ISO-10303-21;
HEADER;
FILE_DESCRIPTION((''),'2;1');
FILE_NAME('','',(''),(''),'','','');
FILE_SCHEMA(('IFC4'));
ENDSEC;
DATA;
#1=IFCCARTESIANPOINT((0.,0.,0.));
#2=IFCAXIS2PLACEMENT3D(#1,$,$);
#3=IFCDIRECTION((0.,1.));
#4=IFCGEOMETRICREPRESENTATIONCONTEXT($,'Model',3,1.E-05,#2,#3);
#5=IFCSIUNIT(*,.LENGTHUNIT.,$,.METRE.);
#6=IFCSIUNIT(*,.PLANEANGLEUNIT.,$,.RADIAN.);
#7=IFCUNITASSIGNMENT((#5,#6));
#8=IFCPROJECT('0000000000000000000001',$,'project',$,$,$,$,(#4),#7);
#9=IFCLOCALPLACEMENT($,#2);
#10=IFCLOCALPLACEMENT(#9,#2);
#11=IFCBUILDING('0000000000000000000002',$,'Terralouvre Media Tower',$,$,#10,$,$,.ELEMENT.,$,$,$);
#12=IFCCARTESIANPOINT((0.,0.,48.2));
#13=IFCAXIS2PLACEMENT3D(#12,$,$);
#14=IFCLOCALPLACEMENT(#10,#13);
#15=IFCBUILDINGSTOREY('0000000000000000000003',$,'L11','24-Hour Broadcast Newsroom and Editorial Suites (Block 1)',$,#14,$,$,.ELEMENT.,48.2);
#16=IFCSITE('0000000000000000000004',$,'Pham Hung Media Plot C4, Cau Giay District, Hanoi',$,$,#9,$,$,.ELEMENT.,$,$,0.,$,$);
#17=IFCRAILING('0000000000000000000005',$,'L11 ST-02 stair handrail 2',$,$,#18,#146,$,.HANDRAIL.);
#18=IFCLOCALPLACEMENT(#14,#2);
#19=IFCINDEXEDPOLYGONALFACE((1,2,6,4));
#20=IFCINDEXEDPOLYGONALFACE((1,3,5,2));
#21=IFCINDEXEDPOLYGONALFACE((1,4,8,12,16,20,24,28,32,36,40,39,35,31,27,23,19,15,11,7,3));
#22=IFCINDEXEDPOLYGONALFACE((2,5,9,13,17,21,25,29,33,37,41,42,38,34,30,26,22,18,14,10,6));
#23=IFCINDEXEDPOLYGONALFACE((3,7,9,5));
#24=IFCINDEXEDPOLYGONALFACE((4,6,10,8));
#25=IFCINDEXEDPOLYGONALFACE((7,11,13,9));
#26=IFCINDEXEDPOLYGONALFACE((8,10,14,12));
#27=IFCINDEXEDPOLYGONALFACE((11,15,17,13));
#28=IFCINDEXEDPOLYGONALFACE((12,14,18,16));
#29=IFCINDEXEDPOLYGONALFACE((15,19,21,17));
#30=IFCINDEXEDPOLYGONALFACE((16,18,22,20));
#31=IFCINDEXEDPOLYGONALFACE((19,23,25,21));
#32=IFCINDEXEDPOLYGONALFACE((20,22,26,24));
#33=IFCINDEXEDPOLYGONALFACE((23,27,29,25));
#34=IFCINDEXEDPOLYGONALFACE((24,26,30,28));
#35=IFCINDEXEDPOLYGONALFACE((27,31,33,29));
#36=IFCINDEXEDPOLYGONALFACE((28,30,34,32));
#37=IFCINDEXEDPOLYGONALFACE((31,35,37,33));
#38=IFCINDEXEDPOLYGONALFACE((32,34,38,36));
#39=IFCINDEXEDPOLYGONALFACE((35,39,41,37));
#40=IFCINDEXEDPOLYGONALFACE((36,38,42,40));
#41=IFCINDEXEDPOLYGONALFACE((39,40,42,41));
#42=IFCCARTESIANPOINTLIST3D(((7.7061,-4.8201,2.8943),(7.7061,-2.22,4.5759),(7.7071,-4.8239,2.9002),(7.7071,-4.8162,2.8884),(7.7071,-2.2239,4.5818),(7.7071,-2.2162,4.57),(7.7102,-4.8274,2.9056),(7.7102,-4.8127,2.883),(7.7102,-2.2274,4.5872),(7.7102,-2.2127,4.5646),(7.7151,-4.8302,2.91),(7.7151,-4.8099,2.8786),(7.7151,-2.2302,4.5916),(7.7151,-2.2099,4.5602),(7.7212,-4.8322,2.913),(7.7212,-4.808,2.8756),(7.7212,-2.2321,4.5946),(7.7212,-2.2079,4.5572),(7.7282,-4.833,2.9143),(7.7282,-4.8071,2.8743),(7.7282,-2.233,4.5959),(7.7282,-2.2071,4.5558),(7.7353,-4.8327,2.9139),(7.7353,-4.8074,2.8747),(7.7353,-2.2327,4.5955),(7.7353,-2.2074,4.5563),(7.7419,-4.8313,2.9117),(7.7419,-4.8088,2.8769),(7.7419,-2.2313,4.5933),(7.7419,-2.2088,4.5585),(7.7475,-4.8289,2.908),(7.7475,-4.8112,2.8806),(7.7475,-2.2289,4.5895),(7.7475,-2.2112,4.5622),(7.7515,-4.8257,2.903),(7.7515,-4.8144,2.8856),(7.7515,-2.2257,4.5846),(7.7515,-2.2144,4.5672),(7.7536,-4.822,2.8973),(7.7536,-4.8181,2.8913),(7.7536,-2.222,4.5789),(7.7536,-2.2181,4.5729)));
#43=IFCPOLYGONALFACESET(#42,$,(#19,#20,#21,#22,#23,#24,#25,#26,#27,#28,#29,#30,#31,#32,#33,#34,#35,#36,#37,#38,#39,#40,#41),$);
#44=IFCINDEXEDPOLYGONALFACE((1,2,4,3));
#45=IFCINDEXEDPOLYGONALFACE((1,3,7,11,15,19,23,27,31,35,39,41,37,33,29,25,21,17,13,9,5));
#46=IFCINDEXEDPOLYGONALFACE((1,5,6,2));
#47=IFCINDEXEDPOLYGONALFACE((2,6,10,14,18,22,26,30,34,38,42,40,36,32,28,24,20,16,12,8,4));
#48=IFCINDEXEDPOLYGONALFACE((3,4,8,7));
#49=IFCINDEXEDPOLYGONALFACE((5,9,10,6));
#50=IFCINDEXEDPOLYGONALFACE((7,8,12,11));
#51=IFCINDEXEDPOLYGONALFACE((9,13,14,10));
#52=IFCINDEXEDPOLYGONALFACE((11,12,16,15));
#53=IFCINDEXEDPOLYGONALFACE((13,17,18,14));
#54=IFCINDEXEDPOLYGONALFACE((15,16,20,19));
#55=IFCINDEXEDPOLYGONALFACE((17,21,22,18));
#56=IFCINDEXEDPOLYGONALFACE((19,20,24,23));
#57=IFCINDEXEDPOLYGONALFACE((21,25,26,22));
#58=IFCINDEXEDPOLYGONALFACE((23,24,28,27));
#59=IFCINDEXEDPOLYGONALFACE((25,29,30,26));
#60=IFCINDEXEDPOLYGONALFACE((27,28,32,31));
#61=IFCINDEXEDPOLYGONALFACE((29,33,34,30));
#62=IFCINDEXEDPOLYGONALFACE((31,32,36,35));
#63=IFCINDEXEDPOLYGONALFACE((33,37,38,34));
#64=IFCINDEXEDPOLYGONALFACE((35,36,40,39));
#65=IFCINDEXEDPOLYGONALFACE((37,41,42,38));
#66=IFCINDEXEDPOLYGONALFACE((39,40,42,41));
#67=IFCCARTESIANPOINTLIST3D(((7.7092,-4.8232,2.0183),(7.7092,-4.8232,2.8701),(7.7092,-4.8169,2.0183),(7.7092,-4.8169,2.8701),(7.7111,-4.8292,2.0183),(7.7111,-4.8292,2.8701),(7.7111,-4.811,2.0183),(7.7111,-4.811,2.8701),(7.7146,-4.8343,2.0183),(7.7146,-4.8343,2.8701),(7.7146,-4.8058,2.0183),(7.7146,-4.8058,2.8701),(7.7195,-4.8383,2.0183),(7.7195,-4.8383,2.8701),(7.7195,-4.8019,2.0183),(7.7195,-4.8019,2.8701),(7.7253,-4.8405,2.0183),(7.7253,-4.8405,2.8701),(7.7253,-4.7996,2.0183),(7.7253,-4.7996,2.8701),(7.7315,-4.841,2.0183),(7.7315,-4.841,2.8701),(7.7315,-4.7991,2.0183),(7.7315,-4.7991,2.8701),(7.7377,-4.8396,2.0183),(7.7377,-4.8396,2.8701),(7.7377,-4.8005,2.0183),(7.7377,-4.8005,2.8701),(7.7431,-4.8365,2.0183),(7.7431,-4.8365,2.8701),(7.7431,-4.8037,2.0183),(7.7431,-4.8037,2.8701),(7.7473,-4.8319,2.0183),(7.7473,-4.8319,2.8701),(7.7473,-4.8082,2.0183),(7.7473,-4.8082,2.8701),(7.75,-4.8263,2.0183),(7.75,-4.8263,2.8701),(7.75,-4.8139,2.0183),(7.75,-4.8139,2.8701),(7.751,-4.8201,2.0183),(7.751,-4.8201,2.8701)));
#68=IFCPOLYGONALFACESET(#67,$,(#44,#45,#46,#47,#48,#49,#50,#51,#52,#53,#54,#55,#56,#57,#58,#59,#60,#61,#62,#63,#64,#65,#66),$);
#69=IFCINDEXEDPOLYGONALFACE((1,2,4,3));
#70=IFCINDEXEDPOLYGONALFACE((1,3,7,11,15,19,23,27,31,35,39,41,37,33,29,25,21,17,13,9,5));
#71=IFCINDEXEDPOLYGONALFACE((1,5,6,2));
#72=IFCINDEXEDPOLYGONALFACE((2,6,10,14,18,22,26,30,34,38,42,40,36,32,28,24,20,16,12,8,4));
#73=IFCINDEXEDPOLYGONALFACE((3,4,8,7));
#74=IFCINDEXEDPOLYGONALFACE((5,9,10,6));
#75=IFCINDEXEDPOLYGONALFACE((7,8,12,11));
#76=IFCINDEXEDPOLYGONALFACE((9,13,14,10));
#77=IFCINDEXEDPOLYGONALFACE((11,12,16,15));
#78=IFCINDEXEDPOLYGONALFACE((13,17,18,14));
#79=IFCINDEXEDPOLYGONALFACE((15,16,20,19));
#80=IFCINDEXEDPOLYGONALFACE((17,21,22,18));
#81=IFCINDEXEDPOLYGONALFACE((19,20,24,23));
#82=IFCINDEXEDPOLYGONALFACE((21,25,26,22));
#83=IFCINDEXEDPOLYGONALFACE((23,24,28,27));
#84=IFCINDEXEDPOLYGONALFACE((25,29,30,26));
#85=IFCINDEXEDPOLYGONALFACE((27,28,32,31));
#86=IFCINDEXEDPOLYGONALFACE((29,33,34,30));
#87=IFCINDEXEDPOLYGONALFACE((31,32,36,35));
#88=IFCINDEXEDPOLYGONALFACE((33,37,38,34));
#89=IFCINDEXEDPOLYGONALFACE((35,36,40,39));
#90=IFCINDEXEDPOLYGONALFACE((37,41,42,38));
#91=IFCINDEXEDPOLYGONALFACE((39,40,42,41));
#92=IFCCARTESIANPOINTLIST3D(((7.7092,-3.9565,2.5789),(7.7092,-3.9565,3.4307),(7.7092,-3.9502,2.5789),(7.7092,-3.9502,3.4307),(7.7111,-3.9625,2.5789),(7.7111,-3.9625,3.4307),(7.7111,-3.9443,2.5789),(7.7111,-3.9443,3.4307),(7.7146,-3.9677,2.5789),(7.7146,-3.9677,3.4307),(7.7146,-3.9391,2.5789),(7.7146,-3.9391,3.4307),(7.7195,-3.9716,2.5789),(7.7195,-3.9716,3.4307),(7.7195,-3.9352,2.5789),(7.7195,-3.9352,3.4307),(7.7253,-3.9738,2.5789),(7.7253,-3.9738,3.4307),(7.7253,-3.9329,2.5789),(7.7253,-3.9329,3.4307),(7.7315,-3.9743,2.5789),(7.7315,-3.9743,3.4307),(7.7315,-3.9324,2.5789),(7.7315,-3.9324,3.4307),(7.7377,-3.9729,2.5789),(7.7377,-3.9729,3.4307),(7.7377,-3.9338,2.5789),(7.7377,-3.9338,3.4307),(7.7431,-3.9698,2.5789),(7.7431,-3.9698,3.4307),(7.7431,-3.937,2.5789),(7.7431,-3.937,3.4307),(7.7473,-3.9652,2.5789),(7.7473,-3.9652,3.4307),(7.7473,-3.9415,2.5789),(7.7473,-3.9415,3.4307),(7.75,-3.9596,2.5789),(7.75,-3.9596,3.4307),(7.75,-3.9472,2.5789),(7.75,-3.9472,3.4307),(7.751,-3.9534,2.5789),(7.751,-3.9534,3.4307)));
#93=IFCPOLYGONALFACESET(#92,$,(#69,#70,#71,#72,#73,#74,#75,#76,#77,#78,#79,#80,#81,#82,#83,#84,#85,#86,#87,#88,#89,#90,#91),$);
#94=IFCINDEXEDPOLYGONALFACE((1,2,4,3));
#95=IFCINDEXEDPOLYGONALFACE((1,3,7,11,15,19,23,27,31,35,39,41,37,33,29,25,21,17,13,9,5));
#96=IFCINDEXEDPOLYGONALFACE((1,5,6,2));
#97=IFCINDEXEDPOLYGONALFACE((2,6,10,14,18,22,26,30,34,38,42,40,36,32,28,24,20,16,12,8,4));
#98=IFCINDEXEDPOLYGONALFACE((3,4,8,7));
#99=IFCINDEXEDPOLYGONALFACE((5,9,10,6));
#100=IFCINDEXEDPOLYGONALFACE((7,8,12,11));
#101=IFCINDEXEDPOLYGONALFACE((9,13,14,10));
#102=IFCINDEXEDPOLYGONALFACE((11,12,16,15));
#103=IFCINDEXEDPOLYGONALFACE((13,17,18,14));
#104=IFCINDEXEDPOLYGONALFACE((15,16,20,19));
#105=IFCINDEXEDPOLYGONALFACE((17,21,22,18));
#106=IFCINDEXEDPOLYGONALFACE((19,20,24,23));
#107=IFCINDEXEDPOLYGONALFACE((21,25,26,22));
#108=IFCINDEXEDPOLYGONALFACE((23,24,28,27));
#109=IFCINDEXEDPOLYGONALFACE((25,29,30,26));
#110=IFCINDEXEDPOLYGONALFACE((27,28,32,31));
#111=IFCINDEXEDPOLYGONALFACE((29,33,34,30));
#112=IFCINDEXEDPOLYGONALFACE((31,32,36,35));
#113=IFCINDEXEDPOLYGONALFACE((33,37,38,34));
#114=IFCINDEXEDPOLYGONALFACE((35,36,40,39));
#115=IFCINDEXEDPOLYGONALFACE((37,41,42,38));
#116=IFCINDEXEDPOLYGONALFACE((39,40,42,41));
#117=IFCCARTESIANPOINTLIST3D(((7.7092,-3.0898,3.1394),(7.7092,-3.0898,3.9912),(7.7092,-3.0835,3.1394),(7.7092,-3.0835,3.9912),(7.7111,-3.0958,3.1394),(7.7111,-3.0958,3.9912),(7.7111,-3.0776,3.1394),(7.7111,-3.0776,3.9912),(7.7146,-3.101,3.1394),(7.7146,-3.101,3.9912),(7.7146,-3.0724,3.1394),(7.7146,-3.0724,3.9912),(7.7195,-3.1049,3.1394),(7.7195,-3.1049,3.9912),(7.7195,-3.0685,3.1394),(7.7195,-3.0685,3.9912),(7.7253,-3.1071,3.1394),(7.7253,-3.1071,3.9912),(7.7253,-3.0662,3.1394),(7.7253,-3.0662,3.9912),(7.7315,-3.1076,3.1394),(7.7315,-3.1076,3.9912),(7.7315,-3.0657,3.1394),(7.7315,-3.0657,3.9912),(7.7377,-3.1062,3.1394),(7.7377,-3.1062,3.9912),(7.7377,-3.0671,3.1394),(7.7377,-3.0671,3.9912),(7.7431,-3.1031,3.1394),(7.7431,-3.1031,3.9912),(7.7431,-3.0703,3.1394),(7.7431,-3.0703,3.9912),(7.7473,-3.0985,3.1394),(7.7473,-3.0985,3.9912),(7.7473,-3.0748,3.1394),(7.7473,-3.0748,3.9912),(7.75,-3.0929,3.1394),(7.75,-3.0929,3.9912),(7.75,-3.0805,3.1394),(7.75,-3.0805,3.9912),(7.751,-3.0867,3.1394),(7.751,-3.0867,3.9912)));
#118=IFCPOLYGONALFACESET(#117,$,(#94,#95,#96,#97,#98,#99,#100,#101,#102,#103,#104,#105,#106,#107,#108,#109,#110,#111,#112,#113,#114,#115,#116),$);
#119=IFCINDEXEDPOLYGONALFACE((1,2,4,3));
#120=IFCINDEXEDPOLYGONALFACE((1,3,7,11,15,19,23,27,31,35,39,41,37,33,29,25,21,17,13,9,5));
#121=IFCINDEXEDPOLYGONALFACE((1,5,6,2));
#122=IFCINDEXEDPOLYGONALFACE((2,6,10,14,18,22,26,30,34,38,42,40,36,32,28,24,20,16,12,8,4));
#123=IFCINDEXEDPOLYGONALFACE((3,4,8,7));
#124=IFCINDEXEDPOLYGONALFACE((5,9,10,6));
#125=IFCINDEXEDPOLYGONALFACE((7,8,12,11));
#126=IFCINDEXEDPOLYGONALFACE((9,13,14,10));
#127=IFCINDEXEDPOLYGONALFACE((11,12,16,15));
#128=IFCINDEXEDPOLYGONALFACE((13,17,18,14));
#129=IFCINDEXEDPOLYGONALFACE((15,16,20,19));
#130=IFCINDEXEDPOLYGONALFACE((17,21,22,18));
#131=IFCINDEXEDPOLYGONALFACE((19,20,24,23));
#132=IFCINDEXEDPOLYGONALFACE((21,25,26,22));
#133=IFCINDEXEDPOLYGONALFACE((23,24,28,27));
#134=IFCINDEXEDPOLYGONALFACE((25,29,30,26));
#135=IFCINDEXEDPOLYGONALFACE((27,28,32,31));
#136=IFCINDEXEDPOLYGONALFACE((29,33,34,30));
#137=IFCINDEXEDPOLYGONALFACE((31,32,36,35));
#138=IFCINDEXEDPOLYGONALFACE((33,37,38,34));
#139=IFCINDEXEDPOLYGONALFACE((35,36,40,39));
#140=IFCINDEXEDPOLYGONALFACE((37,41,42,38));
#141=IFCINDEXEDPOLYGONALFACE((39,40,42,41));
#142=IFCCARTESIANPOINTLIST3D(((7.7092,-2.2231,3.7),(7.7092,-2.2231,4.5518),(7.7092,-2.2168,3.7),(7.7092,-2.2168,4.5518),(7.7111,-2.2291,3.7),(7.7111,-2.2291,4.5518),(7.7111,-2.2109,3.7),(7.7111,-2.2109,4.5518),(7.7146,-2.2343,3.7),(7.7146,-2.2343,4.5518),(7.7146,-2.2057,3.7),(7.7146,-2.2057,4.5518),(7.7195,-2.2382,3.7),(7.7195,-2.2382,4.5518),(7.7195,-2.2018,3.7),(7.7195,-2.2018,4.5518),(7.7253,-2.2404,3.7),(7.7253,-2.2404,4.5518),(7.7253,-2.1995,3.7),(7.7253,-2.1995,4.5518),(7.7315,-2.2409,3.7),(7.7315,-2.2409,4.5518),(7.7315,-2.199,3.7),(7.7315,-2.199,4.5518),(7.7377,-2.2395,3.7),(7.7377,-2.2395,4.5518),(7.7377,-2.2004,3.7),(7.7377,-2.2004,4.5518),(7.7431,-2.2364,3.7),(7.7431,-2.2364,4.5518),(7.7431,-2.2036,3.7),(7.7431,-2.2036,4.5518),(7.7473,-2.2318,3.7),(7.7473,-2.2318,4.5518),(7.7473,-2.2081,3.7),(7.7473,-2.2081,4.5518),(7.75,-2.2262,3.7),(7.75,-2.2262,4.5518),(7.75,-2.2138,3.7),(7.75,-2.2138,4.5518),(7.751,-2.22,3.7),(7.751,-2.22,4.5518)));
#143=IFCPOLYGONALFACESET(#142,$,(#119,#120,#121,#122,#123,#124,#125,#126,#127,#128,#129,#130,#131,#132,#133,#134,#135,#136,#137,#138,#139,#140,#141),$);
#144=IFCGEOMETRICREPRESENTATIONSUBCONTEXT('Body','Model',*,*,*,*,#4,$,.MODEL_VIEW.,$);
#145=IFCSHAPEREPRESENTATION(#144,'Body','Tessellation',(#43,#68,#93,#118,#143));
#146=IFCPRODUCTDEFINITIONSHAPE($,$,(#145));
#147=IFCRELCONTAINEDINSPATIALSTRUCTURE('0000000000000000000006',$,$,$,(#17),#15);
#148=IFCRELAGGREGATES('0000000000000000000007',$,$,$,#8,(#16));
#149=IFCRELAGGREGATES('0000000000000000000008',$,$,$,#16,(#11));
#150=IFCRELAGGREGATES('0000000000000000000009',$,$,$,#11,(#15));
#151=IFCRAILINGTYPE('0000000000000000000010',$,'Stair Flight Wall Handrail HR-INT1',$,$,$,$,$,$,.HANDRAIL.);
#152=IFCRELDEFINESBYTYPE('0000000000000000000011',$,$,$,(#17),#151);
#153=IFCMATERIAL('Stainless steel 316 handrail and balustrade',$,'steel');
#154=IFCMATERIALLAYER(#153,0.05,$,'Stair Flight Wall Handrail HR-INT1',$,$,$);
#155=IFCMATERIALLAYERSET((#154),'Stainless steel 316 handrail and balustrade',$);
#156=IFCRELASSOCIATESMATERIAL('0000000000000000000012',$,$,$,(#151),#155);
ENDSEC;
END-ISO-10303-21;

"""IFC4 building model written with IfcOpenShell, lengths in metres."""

from ifc_helpers import new_model, si_unit, direction, frame, origin, origin_2d, place, context, subcontext, project, spatial, circle, extrude, material, layer, layer_set, type_object, element, save


model = new_model("IFC4")

# Units and contexts
model_context = context("Model", 3, precision=1e-05, world=origin(), true_north=direction((0.0, 1.0)))
body_context = subcontext(model_context, "Body", "Model", "MODEL_VIEW")
ifc_project = project(units=[si_unit("LENGTHUNIT", "METRE"), si_unit("PLANEANGLEUNIT", "RADIAN")], contexts=[model_context])

# Site, building, storey
site_placement = place(None, origin())
site = spatial("IfcSite", under=ifc_project, at=site_placement, Name="Pham Hung Media Plot C4, Cau Giay District, Hanoi", CompositionType="ELEMENT", RefElevation=0.0)
building_placement = place(site_placement, origin())
building = spatial("IfcBuilding", under=site, at=building_placement, Name="Terralouvre Media Tower", CompositionType="ELEMENT")
storey_placement = place(building_placement, frame((0.0, 0.0, 48.2)))
storey = spatial("IfcBuildingStorey", under=building, at=storey_placement, Name="L11", Description="24-Hour Broadcast Newsroom and Editorial Suites (Block 1)", CompositionType="ELEMENT", Elevation=48.2)

# Railing
ifc_material_1 = material(Name="Stainless steel 316 handrail and balustrade", Category="steel")
ifc_layer_1 = layer(ifc_material_1, 0.05, Name="Stair Flight Wall Handrail HR-INT1")
ifc_layer_set_1 = layer_set([ifc_layer_1], Name="Stainless steel 316 handrail and balustrade")
railing_type_1 = type_object("IfcRailingType", Name="Stair Flight Wall Handrail HR-INT1", PredefinedType="HANDRAIL", material=ifc_layer_set_1)
railing_1_placement = place(storey_placement, frame((7.73, -4.8201, 2.0183)))
element("IfcRailing", 1, at=railing_1_placement, inside=storey, type_object=railing_type_1, Name="L11 ST-02 stair handrail 2", PredefinedType="HANDRAIL", context=body_context, shape_type="SweptSolid", body=[
    extrude(circle(Radius=0.0239, at=origin_2d()), frame((0.0, 0.0, 0.876), z_axis=(0.0, 0.839684, 0.543075), x_axis=(-1.0, 0.0, 0.0)), (0.0, 0.0, 1.0), 3.0964),
    extrude(circle(Radius=0.021, at=origin_2d()), origin(), (0.0, 0.0, 1.0), 0.8518),
    extrude(circle(Radius=0.021, at=origin_2d()), frame((0.0, 0.8667, 0.5605)), (0.0, 0.0, 1.0), 0.8518),
    extrude(circle(Radius=0.021, at=origin_2d()), frame((0.0, 1.7334, 1.1211)), (0.0, 0.0, 1.0), 0.8518),
    extrude(circle(Radius=0.021, at=origin_2d()), frame((0.0, 2.6001, 1.6816)), (0.0, 0.0, 1.0), 0.8518),
])

save(model, "model.ifc")
